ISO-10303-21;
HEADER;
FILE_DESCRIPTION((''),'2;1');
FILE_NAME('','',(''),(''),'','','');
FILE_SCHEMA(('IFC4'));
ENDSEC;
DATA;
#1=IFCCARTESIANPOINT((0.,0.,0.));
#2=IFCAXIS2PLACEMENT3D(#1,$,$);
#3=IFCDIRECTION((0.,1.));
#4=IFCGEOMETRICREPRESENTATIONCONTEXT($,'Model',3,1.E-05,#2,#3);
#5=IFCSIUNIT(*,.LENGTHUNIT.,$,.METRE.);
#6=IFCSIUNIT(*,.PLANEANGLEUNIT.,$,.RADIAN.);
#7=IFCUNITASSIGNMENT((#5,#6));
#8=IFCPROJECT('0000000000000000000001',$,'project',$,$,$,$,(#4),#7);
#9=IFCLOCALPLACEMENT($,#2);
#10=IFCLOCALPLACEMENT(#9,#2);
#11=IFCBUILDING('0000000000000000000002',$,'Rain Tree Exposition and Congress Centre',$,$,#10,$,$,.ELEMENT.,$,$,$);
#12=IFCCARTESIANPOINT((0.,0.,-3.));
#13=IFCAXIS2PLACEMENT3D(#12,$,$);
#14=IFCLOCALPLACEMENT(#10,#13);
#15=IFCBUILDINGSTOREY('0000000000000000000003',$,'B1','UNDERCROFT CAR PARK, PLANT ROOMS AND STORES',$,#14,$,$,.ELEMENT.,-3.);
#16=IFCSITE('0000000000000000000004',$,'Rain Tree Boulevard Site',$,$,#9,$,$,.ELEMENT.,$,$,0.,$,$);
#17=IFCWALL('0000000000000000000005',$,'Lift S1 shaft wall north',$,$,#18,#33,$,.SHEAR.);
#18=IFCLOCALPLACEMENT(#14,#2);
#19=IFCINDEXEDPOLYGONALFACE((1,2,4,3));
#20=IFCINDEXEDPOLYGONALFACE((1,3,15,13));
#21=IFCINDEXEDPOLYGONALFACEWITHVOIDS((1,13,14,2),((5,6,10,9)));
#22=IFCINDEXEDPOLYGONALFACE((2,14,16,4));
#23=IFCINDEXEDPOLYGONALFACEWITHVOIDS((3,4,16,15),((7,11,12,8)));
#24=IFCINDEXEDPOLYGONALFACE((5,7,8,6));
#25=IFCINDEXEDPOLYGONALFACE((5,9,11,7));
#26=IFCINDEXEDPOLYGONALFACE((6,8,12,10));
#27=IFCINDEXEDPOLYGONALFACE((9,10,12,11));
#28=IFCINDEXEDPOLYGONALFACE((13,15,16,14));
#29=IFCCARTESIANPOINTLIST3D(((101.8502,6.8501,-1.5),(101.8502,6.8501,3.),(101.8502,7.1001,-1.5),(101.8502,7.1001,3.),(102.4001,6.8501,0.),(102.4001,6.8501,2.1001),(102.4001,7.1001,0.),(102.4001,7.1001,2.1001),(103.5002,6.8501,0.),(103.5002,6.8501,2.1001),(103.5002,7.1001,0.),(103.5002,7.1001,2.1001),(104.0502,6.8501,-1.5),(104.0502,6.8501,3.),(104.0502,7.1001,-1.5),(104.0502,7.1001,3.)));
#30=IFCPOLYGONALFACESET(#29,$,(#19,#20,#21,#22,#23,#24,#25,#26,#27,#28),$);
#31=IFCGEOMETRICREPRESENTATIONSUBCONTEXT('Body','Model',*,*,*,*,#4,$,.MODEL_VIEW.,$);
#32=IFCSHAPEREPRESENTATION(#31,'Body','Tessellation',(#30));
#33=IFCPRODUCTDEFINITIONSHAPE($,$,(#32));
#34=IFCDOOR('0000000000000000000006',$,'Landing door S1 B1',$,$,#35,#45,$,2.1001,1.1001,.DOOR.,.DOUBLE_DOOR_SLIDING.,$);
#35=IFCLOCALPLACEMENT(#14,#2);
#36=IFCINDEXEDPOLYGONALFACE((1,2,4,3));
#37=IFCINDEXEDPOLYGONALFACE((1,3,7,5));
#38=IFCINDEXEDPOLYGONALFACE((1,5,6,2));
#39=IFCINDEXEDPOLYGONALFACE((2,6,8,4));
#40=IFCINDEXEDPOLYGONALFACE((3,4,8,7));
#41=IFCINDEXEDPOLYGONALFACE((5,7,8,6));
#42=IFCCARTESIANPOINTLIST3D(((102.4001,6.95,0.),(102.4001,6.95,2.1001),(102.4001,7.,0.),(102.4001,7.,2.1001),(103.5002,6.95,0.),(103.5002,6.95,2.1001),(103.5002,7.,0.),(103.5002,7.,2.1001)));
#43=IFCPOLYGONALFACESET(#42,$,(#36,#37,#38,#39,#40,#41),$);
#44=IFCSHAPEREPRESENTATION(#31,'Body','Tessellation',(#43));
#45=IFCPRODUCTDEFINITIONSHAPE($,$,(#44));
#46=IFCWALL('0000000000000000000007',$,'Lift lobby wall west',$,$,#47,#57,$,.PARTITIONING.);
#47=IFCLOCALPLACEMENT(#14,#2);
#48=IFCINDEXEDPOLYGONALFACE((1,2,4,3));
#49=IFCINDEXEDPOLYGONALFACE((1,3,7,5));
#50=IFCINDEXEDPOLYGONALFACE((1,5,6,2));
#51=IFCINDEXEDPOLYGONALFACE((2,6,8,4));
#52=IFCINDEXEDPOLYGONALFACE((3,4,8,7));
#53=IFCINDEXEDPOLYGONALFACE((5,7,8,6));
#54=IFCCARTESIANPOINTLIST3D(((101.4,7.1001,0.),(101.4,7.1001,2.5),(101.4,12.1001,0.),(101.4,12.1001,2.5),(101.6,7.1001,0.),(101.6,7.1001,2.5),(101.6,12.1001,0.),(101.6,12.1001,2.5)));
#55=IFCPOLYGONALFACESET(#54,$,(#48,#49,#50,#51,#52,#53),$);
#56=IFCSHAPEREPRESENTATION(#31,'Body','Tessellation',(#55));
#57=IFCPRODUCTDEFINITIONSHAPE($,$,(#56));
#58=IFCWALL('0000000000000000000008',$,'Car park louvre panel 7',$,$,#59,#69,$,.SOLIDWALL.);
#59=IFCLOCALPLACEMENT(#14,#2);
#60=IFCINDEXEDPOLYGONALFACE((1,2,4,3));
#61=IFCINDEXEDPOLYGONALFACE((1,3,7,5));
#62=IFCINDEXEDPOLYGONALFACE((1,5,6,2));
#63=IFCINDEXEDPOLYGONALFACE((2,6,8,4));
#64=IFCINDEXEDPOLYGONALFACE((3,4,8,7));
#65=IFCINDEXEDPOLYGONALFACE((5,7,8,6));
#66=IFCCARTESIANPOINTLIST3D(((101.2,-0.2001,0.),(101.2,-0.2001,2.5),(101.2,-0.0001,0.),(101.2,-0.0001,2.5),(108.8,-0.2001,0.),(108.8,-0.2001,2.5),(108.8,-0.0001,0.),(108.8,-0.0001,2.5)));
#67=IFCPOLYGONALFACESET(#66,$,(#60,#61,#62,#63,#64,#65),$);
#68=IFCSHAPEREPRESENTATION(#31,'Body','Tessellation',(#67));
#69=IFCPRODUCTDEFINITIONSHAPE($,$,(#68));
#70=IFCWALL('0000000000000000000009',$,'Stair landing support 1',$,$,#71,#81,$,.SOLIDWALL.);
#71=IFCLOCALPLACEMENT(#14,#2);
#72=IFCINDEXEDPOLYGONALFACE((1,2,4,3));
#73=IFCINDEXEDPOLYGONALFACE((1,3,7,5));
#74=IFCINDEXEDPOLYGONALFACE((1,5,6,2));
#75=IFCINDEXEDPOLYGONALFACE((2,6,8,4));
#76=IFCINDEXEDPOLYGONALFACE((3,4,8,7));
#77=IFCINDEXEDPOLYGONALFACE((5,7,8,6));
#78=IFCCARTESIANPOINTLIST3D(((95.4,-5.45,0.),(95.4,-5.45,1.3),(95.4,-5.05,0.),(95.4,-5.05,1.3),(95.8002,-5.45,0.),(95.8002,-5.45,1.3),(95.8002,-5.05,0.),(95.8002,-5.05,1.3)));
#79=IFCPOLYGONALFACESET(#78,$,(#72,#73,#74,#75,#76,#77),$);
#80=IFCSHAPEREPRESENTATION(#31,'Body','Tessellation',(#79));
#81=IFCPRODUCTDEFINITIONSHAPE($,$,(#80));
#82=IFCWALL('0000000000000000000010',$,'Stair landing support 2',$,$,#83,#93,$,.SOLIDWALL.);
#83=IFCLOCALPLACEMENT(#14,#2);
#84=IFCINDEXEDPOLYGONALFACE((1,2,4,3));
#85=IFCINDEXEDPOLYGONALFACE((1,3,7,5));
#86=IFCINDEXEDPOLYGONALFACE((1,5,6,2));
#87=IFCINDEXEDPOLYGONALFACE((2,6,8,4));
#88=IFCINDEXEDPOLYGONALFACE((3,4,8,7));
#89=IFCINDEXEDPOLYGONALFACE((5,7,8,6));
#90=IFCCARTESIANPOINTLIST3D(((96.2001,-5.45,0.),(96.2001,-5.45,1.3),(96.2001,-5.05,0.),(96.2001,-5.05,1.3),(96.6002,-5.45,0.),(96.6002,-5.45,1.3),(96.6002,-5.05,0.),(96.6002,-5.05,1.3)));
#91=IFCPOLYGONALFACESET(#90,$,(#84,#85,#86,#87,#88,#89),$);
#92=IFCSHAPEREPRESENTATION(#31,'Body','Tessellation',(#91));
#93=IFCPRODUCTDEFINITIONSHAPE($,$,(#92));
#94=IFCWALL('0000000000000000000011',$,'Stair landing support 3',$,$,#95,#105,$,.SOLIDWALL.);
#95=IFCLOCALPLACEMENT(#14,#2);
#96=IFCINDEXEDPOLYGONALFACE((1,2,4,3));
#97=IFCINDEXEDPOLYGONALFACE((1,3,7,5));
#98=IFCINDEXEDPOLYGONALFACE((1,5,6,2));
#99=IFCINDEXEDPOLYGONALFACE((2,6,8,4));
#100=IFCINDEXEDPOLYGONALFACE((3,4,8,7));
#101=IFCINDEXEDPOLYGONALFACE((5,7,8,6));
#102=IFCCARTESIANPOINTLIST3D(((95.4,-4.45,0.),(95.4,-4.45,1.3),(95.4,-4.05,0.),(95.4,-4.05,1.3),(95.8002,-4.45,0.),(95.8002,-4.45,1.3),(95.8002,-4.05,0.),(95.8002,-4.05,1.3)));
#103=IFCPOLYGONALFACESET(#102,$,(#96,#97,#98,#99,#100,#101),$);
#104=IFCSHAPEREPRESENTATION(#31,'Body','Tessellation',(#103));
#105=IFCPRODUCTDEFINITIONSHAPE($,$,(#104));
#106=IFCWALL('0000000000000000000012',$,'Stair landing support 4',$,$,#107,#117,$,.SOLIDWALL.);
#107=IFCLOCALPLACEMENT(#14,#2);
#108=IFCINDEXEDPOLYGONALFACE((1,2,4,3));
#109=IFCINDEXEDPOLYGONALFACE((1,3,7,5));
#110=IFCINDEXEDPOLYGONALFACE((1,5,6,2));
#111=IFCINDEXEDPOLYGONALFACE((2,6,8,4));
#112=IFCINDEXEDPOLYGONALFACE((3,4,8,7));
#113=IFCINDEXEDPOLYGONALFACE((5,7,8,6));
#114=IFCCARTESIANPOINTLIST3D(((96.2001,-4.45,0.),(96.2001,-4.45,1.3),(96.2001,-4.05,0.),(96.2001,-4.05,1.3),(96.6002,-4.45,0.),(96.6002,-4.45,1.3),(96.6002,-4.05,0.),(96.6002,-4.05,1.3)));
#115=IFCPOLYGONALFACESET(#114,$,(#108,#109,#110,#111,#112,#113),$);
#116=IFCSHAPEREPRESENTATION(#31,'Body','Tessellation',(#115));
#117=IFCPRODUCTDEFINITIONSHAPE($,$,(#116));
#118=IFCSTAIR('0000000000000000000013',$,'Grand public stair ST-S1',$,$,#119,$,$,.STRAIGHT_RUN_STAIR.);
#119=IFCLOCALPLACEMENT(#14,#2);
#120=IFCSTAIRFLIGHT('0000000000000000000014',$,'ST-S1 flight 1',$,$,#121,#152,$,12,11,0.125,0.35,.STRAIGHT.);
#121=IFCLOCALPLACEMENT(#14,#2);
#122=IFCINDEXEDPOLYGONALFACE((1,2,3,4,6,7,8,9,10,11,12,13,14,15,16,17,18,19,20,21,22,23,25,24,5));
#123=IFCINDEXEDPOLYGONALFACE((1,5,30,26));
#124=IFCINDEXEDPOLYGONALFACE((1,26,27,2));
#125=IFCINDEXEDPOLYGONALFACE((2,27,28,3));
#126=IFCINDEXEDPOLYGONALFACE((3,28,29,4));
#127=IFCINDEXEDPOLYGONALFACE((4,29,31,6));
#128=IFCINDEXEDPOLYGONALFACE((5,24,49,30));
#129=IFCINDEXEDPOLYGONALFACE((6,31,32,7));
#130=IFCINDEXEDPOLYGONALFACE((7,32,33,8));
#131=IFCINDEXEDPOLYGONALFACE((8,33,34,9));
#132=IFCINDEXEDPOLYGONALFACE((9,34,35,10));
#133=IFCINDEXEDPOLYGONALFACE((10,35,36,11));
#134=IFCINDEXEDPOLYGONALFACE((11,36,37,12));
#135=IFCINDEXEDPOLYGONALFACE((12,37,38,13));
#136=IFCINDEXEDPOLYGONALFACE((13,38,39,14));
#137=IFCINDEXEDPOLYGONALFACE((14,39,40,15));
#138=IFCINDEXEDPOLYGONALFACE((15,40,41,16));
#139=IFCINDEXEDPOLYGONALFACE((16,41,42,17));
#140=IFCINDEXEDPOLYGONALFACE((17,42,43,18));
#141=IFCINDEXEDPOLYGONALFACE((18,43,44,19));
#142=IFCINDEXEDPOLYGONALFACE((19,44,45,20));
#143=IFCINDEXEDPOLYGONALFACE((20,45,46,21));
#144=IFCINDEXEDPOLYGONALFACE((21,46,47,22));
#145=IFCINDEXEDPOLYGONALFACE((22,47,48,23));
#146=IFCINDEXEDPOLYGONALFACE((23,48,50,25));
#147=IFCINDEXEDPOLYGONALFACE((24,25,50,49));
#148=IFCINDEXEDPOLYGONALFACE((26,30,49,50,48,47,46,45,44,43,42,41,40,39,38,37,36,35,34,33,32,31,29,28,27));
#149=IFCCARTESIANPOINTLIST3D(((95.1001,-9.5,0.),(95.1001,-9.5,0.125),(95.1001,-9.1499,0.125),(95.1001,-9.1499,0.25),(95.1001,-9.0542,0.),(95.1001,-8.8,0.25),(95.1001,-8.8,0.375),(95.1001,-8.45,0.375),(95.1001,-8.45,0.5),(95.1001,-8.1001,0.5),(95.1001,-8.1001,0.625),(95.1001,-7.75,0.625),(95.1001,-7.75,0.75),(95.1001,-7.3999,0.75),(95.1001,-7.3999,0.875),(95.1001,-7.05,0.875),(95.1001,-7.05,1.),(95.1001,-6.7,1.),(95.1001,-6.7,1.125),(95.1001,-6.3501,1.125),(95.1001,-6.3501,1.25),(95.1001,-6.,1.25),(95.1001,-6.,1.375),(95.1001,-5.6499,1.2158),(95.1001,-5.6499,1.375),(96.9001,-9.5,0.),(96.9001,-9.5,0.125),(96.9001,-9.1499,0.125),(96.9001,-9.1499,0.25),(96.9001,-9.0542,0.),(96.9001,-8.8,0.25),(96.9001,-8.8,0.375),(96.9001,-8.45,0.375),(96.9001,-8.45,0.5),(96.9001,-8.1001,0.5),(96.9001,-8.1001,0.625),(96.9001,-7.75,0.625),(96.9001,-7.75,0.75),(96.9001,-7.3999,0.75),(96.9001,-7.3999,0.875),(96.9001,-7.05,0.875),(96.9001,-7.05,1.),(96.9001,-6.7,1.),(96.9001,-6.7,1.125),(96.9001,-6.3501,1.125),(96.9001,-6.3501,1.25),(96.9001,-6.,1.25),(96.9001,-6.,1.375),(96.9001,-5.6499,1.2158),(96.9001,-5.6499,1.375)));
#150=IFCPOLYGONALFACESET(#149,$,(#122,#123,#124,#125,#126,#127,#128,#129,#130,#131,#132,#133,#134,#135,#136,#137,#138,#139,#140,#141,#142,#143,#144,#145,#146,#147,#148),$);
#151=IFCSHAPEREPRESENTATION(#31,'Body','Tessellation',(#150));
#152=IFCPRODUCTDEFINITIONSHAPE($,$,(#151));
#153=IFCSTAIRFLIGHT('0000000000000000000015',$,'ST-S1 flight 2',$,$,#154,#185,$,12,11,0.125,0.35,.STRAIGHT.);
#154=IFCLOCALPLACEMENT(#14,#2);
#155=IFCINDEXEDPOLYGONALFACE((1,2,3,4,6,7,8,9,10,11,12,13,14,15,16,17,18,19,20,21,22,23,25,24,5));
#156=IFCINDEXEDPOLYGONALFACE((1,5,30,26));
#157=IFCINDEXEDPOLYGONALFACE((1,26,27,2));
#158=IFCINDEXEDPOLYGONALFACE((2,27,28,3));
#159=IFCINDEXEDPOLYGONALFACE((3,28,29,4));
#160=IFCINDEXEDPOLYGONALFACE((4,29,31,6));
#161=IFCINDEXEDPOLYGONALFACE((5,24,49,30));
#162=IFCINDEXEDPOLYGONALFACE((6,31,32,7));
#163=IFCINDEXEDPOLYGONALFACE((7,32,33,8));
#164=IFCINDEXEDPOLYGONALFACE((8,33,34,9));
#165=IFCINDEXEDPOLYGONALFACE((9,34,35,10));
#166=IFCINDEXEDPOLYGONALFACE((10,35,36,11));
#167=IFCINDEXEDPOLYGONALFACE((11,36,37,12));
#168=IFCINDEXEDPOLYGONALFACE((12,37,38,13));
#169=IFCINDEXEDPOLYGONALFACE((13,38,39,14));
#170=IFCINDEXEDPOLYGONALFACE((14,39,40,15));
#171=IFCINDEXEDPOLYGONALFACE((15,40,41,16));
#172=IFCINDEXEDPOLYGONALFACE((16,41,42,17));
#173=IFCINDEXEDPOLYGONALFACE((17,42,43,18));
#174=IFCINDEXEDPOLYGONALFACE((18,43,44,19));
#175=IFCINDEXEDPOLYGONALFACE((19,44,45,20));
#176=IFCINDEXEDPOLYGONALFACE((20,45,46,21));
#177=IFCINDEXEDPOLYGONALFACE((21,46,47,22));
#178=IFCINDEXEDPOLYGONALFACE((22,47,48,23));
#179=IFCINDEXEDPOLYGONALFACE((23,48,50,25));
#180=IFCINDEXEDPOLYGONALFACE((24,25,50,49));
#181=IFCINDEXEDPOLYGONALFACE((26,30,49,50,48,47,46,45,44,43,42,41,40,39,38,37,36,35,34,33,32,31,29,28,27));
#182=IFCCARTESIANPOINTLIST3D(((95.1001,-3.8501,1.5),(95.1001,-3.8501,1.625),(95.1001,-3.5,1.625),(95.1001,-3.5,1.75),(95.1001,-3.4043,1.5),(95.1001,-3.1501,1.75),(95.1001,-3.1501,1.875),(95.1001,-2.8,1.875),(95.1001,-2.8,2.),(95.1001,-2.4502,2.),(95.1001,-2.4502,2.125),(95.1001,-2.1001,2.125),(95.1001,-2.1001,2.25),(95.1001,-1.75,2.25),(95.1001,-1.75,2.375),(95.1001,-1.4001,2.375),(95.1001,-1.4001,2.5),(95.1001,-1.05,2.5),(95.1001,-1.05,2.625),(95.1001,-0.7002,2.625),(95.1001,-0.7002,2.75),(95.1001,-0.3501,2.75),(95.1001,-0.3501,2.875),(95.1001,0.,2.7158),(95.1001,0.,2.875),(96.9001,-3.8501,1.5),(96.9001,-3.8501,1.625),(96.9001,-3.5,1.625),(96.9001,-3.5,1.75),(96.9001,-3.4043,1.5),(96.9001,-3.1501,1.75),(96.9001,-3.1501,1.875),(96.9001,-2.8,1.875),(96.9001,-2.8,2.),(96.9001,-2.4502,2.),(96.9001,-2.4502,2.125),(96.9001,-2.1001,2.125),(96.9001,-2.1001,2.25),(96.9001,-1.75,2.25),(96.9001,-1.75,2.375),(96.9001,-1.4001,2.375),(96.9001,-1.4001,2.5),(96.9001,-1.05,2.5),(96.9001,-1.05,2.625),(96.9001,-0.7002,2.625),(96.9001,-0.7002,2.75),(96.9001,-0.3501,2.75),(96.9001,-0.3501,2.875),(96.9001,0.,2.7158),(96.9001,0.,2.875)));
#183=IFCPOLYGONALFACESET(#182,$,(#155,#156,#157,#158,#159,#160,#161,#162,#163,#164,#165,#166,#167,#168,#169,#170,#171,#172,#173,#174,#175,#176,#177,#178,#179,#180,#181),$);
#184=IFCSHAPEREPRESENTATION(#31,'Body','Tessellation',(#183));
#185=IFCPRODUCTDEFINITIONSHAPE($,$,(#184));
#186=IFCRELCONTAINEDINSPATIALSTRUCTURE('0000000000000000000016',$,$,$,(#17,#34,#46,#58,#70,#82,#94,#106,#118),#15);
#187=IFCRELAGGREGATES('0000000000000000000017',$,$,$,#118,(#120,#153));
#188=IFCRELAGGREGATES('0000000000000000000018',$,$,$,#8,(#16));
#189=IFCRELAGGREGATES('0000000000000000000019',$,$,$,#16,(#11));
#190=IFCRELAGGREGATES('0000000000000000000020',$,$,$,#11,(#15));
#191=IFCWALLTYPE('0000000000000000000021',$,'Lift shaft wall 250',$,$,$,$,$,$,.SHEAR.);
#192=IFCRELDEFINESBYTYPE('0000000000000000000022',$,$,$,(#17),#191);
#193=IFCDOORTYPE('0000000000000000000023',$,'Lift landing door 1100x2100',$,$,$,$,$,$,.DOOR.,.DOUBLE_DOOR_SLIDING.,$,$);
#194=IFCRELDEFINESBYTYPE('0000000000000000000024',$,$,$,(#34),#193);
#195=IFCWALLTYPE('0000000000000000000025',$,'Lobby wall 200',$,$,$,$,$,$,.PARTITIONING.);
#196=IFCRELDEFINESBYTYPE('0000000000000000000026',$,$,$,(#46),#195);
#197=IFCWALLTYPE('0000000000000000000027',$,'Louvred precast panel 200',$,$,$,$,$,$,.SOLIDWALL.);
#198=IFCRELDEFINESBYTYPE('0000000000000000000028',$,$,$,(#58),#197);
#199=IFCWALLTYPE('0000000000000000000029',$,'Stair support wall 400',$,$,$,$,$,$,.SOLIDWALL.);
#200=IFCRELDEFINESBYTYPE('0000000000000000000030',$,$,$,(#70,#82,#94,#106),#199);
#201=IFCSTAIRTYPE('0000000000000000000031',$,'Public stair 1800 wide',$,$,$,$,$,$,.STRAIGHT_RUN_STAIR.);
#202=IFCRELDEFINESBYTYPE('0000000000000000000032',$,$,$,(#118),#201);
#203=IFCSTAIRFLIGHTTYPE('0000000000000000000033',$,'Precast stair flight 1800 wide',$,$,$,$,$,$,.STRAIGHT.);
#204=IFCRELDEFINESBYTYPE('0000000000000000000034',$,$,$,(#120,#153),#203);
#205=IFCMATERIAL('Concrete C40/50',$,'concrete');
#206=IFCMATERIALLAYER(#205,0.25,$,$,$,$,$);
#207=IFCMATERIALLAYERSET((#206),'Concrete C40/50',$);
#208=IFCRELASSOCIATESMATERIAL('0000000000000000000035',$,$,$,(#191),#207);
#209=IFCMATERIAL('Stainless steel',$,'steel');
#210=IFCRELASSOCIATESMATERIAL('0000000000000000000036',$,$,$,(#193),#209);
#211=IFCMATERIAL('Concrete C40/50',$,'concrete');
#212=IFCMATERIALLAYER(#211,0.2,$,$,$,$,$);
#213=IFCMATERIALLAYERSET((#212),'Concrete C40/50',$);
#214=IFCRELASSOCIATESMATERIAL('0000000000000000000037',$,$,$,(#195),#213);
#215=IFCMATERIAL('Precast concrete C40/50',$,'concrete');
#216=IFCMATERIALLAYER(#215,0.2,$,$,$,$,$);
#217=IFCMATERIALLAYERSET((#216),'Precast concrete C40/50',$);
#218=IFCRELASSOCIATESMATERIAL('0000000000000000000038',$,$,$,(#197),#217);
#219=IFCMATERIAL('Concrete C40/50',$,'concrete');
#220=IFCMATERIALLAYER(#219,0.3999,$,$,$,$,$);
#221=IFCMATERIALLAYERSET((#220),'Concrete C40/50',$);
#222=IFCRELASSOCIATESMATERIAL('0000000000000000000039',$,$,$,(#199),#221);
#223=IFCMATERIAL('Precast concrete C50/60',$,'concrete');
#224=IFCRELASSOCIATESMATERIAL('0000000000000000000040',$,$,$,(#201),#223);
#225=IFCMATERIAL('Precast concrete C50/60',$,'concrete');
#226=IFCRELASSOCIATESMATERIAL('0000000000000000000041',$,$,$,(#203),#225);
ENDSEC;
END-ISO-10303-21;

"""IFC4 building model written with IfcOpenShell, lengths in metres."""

from ifc_helpers import new_model, si_unit, direction, frame, frame_2d, origin, place, context, subcontext, project, spatial, polyline, rectangle, outline, extrude, material, layer, layer_set, type_object, element, fill, aggregate, save


model = new_model("IFC4")

# Units and contexts
model_context = context("Model", 3, precision=1e-05, world=origin(), true_north=direction((0.0, 1.0)))
body_context = subcontext(model_context, "Body", "Model", "MODEL_VIEW")
ifc_project = project(units=[si_unit("LENGTHUNIT", "METRE"), si_unit("PLANEANGLEUNIT", "RADIAN")], contexts=[model_context])

# Site, building, storey
site_placement = place(None, origin())
site = spatial("IfcSite", under=ifc_project, at=site_placement, Name="Rain Tree Boulevard Site", CompositionType="ELEMENT", RefElevation=0.0)
building_placement = place(site_placement, origin())
building = spatial("IfcBuilding", under=site, at=building_placement, Name="Rain Tree Exposition and Congress Centre", CompositionType="ELEMENT")
storey_placement = place(building_placement, frame((0.0, 0.0, -3.0)))
storey = spatial("IfcBuildingStorey", under=building, at=storey_placement, Name="B1", Description="UNDERCROFT CAR PARK, PLANT ROOMS AND STORES", CompositionType="ELEMENT", Elevation=-3.0)

# Shared definitions
ifc_material_1 = material(Name="Concrete C40/50", Category="concrete")
ifc_layer_1 = layer(ifc_material_1, 0.25)
ifc_layer_set_1 = layer_set([ifc_layer_1], Name="Concrete C40/50")
wall_type_1 = type_object("IfcWallType", Name="Lift shaft wall 250", PredefinedType="SHEAR", material=ifc_layer_set_1)

# Wall, opening, door
wall_1_placement = place(storey_placement, frame((101.8501, 6.9751, -1.5), z_axis=(0.0, 0.0, 1.0), x_axis=(1.0, 0.0, 0.0)))
wall_1 = element("IfcWall", 1, at=wall_1_placement, inside=storey, type_object=wall_type_1, Name="Lift S1 shaft wall north", PredefinedType="SHEAR", context=body_context, shape_type="SweptSolid", body=[
    extrude(rectangle(XDim=2.2, YDim=0.25, at=frame_2d((1.1001, 0.0))), origin(), (0.0, 0.0, 1.0), 4.5),
])
opening_1_placement = place(wall_1_placement, frame((0.55, 0.0, 1.5)))
opening_1 = element("IfcOpeningElement", 2, at=opening_1_placement, cuts=wall_1, PredefinedType="OPENING", context=body_context, shape_type="SweptSolid", body=[
    extrude(rectangle(XDim=1.1001, YDim=2.1001, at=frame_2d((0.55, 1.05))), frame((0.0, 0.125, 0.0), z_axis=(0.0, -1.0, 0.0), x_axis=(1.0, 0.0, 0.0)), (0.0, 0.0, 1.0), 0.25),
])
ifc_material_2 = material(Name="Stainless steel", Category="steel")
door_type_1 = type_object("IfcDoorType", Name="Lift landing door 1100x2100", OperationType="DOUBLE_DOOR_SLIDING", PredefinedType="DOOR", material=ifc_material_2)
door_1_placement = place(opening_1_placement, origin())
door_1 = element("IfcDoor", 3, at=door_1_placement, inside=storey, type_object=door_type_1, Name="Landing door S1 B1", OperationType="DOUBLE_DOOR_SLIDING", OverallHeight=2.1001, OverallWidth=1.1001, PredefinedType="DOOR", context=body_context, shape_type="SweptSolid", body=[
    extrude(rectangle(XDim=1.1001, YDim=2.1001, at=frame_2d((0.55, 1.05))), frame((0.0, 0.0249, 0.0), z_axis=(0.0, -1.0, 0.0), x_axis=(1.0, 0.0, 0.0)), (0.0, 0.0, 1.0), 0.05),
])
fill(opening_1, door_1)

# Wall
ifc_material_3 = material(Name="Concrete C40/50", Category="concrete")
ifc_layer_2 = layer(ifc_material_3, 0.2)
ifc_layer_set_2 = layer_set([ifc_layer_2], Name="Concrete C40/50")
wall_type_2 = type_object("IfcWallType", Name="Lobby wall 200", PredefinedType="PARTITIONING", material=ifc_layer_set_2)
wall_2_placement = place(storey_placement, frame((101.5, 7.1001, 0.0), z_axis=(0.0, 0.0, 1.0), x_axis=(0.0, 1.0, 0.0)))
element("IfcWall", 4, at=wall_2_placement, inside=storey, type_object=wall_type_2, Name="Lift lobby wall west", PredefinedType="PARTITIONING", context=body_context, shape_type="SweptSolid", body=[
    extrude(rectangle(XDim=5.0, YDim=0.2, at=frame_2d((2.5, 0.0))), origin(), (0.0, 0.0, 1.0), 2.5),
])

# Walls
ifc_material_4 = material(Name="Precast concrete C40/50", Category="concrete")
ifc_layer_3 = layer(ifc_material_4, 0.2)
ifc_layer_set_3 = layer_set([ifc_layer_3], Name="Precast concrete C40/50")
wall_type_3 = type_object("IfcWallType", Name="Louvred precast panel 200", PredefinedType="SOLIDWALL", material=ifc_layer_set_3)
wall_3_placement = place(storey_placement, frame((101.2, -0.1001, 0.0), z_axis=(0.0, 0.0, 1.0), x_axis=(1.0, 0.0, 0.0)))
element("IfcWall", 5, at=wall_3_placement, inside=storey, type_object=wall_type_3, Name="Car park louvre panel 7", PredefinedType="SOLIDWALL", context=body_context, shape_type="SweptSolid", body=[
    extrude(rectangle(XDim=7.6001, YDim=0.2, at=frame_2d((3.8, 0.0))), origin(), (0.0, 0.0, 1.0), 2.5),
])
ifc_material_5 = material(Name="Concrete C40/50", Category="concrete")
ifc_layer_4 = layer(ifc_material_5, 0.3999)
ifc_layer_set_4 = layer_set([ifc_layer_4], Name="Concrete C40/50")
wall_type_4 = type_object("IfcWallType", Name="Stair support wall 400", PredefinedType="SOLIDWALL", material=ifc_layer_set_4)
for number, where, z_axis, x_axis, name in (
    (6, (95.3999, -5.25, 0.0), (0.0, 0.0, 1.0), (1.0, 0.0, 0.0), "Stair landing support 1"),
    (7, (96.2, -5.25, 0.0), (0.0, 0.0, 1.0), (1.0, 0.0, 0.0), "Stair landing support 2"),
    (8, (95.3999, -4.25, 0.0), (0.0, 0.0, 1.0), (1.0, 0.0, 0.0), "Stair landing support 3"),
    (9, (96.2, -4.25, 0.0), (0.0, 0.0, 1.0), (1.0, 0.0, 0.0), "Stair landing support 4"),
):
    element("IfcWall", number, at=place(storey_placement, frame(where, z_axis=z_axis, x_axis=x_axis)), inside=storey, type_object=wall_type_4, Name=name, PredefinedType="SOLIDWALL", context=body_context, shape_type="SweptSolid", body=[
        extrude(rectangle(XDim=0.4001, YDim=0.3999, at=frame_2d((0.2002, 0.0))), origin(), (0.0, 0.0, 1.0), 1.3),
    ])

# Stair, stair flights
ifc_material_6 = material(Name="Precast concrete C50/60", Category="concrete")
stair_type = type_object("IfcStairType", Name="Public stair 1800 wide", PredefinedType="STRAIGHT_RUN_STAIR", material=ifc_material_6)
stair_placement = place(storey_placement, origin())
stair = element("IfcStair", 10, at=stair_placement, inside=storey, type_object=stair_type, Name="Grand public stair ST-S1", PredefinedType="STRAIGHT_RUN_STAIR")
ifc_material_7 = material(Name="Precast concrete C50/60", Category="concrete")
stair_flight_type = type_object("IfcStairFlightType", Name="Precast stair flight 1800 wide", PredefinedType="STRAIGHT", material=ifc_material_7)
stair_flight_1_placement = place(storey_placement, frame((96.0, -9.5, 0.0), z_axis=(0.0, 0.0, 1.0), x_axis=(0.0, 1.0, 0.0)))
stair_flight_1 = element("IfcStairFlight", 11, at=stair_flight_1_placement, type_object=stair_flight_type, Name="ST-S1 flight 1", NumberOfRisers=12, NumberOfTreads=11, PredefinedType="STRAIGHT", RiserHeight=0.125, TreadLength=0.35, context=body_context, shape_type="SweptSolid", body=[
    extrude(outline(polyline([(0.0, 0.0), (0.0, 0.125), (0.3501, 0.125), (0.3501, 0.25), (0.7, 0.25), (0.7, 0.375), (1.05, 0.375), (1.05, 0.5), (1.3999, 0.5), (1.3999, 0.625), (1.75, 0.625), (1.75, 0.75), (2.1001, 0.75), (2.1001, 0.875), (2.45, 0.875), (2.45, 1.0), (2.8, 1.0), (2.8, 1.125), (3.1499, 1.125), (3.1499, 1.25), (3.5, 1.25), (3.5, 1.375), (3.8501, 1.375), (3.8501, 1.5), (3.8501, 1.2158), (0.4458, 0.0), (0.0, 0.0)])), frame((0.0, 0.8999, 0.0), z_axis=(0.0, -1.0, 0.0), x_axis=(1.0, 0.0, 0.0)), (0.0, 0.0, 1.0), 1.8),
])
stair_flight_2_placement = place(storey_placement, frame((96.0, -3.8501, 1.5), z_axis=(0.0, 0.0, 1.0), x_axis=(0.0, 1.0, 0.0)))
stair_flight_2 = element("IfcStairFlight", 12, at=stair_flight_2_placement, type_object=stair_flight_type, Name="ST-S1 flight 2", NumberOfRisers=12, NumberOfTreads=11, PredefinedType="STRAIGHT", RiserHeight=0.125, TreadLength=0.35, context=body_context, shape_type="SweptSolid", body=[
    extrude(outline(polyline([(0.0, 0.0), (0.0, 0.125), (0.3501, 0.125), (0.3501, 0.25), (0.7, 0.25), (0.7, 0.375), (1.05, 0.375), (1.05, 0.5), (1.3999, 0.5), (1.3999, 0.625), (1.75, 0.625), (1.75, 0.75), (2.1001, 0.75), (2.1001, 0.875), (2.45, 0.875), (2.45, 1.0), (2.8, 1.0), (2.8, 1.125), (3.1499, 1.125), (3.1499, 1.25), (3.5, 1.25), (3.5, 1.375), (3.8501, 1.375), (3.8501, 1.5), (3.8501, 1.2158), (0.4458, 0.0), (0.0, 0.0)])), frame((0.0, 0.8999, 0.0), z_axis=(0.0, -1.0, 0.0), x_axis=(1.0, 0.0, 0.0)), (0.0, 0.0, 1.0), 1.8),
])
aggregate(stair, [stair_flight_1, stair_flight_2])

save(model, "model.ifc")
